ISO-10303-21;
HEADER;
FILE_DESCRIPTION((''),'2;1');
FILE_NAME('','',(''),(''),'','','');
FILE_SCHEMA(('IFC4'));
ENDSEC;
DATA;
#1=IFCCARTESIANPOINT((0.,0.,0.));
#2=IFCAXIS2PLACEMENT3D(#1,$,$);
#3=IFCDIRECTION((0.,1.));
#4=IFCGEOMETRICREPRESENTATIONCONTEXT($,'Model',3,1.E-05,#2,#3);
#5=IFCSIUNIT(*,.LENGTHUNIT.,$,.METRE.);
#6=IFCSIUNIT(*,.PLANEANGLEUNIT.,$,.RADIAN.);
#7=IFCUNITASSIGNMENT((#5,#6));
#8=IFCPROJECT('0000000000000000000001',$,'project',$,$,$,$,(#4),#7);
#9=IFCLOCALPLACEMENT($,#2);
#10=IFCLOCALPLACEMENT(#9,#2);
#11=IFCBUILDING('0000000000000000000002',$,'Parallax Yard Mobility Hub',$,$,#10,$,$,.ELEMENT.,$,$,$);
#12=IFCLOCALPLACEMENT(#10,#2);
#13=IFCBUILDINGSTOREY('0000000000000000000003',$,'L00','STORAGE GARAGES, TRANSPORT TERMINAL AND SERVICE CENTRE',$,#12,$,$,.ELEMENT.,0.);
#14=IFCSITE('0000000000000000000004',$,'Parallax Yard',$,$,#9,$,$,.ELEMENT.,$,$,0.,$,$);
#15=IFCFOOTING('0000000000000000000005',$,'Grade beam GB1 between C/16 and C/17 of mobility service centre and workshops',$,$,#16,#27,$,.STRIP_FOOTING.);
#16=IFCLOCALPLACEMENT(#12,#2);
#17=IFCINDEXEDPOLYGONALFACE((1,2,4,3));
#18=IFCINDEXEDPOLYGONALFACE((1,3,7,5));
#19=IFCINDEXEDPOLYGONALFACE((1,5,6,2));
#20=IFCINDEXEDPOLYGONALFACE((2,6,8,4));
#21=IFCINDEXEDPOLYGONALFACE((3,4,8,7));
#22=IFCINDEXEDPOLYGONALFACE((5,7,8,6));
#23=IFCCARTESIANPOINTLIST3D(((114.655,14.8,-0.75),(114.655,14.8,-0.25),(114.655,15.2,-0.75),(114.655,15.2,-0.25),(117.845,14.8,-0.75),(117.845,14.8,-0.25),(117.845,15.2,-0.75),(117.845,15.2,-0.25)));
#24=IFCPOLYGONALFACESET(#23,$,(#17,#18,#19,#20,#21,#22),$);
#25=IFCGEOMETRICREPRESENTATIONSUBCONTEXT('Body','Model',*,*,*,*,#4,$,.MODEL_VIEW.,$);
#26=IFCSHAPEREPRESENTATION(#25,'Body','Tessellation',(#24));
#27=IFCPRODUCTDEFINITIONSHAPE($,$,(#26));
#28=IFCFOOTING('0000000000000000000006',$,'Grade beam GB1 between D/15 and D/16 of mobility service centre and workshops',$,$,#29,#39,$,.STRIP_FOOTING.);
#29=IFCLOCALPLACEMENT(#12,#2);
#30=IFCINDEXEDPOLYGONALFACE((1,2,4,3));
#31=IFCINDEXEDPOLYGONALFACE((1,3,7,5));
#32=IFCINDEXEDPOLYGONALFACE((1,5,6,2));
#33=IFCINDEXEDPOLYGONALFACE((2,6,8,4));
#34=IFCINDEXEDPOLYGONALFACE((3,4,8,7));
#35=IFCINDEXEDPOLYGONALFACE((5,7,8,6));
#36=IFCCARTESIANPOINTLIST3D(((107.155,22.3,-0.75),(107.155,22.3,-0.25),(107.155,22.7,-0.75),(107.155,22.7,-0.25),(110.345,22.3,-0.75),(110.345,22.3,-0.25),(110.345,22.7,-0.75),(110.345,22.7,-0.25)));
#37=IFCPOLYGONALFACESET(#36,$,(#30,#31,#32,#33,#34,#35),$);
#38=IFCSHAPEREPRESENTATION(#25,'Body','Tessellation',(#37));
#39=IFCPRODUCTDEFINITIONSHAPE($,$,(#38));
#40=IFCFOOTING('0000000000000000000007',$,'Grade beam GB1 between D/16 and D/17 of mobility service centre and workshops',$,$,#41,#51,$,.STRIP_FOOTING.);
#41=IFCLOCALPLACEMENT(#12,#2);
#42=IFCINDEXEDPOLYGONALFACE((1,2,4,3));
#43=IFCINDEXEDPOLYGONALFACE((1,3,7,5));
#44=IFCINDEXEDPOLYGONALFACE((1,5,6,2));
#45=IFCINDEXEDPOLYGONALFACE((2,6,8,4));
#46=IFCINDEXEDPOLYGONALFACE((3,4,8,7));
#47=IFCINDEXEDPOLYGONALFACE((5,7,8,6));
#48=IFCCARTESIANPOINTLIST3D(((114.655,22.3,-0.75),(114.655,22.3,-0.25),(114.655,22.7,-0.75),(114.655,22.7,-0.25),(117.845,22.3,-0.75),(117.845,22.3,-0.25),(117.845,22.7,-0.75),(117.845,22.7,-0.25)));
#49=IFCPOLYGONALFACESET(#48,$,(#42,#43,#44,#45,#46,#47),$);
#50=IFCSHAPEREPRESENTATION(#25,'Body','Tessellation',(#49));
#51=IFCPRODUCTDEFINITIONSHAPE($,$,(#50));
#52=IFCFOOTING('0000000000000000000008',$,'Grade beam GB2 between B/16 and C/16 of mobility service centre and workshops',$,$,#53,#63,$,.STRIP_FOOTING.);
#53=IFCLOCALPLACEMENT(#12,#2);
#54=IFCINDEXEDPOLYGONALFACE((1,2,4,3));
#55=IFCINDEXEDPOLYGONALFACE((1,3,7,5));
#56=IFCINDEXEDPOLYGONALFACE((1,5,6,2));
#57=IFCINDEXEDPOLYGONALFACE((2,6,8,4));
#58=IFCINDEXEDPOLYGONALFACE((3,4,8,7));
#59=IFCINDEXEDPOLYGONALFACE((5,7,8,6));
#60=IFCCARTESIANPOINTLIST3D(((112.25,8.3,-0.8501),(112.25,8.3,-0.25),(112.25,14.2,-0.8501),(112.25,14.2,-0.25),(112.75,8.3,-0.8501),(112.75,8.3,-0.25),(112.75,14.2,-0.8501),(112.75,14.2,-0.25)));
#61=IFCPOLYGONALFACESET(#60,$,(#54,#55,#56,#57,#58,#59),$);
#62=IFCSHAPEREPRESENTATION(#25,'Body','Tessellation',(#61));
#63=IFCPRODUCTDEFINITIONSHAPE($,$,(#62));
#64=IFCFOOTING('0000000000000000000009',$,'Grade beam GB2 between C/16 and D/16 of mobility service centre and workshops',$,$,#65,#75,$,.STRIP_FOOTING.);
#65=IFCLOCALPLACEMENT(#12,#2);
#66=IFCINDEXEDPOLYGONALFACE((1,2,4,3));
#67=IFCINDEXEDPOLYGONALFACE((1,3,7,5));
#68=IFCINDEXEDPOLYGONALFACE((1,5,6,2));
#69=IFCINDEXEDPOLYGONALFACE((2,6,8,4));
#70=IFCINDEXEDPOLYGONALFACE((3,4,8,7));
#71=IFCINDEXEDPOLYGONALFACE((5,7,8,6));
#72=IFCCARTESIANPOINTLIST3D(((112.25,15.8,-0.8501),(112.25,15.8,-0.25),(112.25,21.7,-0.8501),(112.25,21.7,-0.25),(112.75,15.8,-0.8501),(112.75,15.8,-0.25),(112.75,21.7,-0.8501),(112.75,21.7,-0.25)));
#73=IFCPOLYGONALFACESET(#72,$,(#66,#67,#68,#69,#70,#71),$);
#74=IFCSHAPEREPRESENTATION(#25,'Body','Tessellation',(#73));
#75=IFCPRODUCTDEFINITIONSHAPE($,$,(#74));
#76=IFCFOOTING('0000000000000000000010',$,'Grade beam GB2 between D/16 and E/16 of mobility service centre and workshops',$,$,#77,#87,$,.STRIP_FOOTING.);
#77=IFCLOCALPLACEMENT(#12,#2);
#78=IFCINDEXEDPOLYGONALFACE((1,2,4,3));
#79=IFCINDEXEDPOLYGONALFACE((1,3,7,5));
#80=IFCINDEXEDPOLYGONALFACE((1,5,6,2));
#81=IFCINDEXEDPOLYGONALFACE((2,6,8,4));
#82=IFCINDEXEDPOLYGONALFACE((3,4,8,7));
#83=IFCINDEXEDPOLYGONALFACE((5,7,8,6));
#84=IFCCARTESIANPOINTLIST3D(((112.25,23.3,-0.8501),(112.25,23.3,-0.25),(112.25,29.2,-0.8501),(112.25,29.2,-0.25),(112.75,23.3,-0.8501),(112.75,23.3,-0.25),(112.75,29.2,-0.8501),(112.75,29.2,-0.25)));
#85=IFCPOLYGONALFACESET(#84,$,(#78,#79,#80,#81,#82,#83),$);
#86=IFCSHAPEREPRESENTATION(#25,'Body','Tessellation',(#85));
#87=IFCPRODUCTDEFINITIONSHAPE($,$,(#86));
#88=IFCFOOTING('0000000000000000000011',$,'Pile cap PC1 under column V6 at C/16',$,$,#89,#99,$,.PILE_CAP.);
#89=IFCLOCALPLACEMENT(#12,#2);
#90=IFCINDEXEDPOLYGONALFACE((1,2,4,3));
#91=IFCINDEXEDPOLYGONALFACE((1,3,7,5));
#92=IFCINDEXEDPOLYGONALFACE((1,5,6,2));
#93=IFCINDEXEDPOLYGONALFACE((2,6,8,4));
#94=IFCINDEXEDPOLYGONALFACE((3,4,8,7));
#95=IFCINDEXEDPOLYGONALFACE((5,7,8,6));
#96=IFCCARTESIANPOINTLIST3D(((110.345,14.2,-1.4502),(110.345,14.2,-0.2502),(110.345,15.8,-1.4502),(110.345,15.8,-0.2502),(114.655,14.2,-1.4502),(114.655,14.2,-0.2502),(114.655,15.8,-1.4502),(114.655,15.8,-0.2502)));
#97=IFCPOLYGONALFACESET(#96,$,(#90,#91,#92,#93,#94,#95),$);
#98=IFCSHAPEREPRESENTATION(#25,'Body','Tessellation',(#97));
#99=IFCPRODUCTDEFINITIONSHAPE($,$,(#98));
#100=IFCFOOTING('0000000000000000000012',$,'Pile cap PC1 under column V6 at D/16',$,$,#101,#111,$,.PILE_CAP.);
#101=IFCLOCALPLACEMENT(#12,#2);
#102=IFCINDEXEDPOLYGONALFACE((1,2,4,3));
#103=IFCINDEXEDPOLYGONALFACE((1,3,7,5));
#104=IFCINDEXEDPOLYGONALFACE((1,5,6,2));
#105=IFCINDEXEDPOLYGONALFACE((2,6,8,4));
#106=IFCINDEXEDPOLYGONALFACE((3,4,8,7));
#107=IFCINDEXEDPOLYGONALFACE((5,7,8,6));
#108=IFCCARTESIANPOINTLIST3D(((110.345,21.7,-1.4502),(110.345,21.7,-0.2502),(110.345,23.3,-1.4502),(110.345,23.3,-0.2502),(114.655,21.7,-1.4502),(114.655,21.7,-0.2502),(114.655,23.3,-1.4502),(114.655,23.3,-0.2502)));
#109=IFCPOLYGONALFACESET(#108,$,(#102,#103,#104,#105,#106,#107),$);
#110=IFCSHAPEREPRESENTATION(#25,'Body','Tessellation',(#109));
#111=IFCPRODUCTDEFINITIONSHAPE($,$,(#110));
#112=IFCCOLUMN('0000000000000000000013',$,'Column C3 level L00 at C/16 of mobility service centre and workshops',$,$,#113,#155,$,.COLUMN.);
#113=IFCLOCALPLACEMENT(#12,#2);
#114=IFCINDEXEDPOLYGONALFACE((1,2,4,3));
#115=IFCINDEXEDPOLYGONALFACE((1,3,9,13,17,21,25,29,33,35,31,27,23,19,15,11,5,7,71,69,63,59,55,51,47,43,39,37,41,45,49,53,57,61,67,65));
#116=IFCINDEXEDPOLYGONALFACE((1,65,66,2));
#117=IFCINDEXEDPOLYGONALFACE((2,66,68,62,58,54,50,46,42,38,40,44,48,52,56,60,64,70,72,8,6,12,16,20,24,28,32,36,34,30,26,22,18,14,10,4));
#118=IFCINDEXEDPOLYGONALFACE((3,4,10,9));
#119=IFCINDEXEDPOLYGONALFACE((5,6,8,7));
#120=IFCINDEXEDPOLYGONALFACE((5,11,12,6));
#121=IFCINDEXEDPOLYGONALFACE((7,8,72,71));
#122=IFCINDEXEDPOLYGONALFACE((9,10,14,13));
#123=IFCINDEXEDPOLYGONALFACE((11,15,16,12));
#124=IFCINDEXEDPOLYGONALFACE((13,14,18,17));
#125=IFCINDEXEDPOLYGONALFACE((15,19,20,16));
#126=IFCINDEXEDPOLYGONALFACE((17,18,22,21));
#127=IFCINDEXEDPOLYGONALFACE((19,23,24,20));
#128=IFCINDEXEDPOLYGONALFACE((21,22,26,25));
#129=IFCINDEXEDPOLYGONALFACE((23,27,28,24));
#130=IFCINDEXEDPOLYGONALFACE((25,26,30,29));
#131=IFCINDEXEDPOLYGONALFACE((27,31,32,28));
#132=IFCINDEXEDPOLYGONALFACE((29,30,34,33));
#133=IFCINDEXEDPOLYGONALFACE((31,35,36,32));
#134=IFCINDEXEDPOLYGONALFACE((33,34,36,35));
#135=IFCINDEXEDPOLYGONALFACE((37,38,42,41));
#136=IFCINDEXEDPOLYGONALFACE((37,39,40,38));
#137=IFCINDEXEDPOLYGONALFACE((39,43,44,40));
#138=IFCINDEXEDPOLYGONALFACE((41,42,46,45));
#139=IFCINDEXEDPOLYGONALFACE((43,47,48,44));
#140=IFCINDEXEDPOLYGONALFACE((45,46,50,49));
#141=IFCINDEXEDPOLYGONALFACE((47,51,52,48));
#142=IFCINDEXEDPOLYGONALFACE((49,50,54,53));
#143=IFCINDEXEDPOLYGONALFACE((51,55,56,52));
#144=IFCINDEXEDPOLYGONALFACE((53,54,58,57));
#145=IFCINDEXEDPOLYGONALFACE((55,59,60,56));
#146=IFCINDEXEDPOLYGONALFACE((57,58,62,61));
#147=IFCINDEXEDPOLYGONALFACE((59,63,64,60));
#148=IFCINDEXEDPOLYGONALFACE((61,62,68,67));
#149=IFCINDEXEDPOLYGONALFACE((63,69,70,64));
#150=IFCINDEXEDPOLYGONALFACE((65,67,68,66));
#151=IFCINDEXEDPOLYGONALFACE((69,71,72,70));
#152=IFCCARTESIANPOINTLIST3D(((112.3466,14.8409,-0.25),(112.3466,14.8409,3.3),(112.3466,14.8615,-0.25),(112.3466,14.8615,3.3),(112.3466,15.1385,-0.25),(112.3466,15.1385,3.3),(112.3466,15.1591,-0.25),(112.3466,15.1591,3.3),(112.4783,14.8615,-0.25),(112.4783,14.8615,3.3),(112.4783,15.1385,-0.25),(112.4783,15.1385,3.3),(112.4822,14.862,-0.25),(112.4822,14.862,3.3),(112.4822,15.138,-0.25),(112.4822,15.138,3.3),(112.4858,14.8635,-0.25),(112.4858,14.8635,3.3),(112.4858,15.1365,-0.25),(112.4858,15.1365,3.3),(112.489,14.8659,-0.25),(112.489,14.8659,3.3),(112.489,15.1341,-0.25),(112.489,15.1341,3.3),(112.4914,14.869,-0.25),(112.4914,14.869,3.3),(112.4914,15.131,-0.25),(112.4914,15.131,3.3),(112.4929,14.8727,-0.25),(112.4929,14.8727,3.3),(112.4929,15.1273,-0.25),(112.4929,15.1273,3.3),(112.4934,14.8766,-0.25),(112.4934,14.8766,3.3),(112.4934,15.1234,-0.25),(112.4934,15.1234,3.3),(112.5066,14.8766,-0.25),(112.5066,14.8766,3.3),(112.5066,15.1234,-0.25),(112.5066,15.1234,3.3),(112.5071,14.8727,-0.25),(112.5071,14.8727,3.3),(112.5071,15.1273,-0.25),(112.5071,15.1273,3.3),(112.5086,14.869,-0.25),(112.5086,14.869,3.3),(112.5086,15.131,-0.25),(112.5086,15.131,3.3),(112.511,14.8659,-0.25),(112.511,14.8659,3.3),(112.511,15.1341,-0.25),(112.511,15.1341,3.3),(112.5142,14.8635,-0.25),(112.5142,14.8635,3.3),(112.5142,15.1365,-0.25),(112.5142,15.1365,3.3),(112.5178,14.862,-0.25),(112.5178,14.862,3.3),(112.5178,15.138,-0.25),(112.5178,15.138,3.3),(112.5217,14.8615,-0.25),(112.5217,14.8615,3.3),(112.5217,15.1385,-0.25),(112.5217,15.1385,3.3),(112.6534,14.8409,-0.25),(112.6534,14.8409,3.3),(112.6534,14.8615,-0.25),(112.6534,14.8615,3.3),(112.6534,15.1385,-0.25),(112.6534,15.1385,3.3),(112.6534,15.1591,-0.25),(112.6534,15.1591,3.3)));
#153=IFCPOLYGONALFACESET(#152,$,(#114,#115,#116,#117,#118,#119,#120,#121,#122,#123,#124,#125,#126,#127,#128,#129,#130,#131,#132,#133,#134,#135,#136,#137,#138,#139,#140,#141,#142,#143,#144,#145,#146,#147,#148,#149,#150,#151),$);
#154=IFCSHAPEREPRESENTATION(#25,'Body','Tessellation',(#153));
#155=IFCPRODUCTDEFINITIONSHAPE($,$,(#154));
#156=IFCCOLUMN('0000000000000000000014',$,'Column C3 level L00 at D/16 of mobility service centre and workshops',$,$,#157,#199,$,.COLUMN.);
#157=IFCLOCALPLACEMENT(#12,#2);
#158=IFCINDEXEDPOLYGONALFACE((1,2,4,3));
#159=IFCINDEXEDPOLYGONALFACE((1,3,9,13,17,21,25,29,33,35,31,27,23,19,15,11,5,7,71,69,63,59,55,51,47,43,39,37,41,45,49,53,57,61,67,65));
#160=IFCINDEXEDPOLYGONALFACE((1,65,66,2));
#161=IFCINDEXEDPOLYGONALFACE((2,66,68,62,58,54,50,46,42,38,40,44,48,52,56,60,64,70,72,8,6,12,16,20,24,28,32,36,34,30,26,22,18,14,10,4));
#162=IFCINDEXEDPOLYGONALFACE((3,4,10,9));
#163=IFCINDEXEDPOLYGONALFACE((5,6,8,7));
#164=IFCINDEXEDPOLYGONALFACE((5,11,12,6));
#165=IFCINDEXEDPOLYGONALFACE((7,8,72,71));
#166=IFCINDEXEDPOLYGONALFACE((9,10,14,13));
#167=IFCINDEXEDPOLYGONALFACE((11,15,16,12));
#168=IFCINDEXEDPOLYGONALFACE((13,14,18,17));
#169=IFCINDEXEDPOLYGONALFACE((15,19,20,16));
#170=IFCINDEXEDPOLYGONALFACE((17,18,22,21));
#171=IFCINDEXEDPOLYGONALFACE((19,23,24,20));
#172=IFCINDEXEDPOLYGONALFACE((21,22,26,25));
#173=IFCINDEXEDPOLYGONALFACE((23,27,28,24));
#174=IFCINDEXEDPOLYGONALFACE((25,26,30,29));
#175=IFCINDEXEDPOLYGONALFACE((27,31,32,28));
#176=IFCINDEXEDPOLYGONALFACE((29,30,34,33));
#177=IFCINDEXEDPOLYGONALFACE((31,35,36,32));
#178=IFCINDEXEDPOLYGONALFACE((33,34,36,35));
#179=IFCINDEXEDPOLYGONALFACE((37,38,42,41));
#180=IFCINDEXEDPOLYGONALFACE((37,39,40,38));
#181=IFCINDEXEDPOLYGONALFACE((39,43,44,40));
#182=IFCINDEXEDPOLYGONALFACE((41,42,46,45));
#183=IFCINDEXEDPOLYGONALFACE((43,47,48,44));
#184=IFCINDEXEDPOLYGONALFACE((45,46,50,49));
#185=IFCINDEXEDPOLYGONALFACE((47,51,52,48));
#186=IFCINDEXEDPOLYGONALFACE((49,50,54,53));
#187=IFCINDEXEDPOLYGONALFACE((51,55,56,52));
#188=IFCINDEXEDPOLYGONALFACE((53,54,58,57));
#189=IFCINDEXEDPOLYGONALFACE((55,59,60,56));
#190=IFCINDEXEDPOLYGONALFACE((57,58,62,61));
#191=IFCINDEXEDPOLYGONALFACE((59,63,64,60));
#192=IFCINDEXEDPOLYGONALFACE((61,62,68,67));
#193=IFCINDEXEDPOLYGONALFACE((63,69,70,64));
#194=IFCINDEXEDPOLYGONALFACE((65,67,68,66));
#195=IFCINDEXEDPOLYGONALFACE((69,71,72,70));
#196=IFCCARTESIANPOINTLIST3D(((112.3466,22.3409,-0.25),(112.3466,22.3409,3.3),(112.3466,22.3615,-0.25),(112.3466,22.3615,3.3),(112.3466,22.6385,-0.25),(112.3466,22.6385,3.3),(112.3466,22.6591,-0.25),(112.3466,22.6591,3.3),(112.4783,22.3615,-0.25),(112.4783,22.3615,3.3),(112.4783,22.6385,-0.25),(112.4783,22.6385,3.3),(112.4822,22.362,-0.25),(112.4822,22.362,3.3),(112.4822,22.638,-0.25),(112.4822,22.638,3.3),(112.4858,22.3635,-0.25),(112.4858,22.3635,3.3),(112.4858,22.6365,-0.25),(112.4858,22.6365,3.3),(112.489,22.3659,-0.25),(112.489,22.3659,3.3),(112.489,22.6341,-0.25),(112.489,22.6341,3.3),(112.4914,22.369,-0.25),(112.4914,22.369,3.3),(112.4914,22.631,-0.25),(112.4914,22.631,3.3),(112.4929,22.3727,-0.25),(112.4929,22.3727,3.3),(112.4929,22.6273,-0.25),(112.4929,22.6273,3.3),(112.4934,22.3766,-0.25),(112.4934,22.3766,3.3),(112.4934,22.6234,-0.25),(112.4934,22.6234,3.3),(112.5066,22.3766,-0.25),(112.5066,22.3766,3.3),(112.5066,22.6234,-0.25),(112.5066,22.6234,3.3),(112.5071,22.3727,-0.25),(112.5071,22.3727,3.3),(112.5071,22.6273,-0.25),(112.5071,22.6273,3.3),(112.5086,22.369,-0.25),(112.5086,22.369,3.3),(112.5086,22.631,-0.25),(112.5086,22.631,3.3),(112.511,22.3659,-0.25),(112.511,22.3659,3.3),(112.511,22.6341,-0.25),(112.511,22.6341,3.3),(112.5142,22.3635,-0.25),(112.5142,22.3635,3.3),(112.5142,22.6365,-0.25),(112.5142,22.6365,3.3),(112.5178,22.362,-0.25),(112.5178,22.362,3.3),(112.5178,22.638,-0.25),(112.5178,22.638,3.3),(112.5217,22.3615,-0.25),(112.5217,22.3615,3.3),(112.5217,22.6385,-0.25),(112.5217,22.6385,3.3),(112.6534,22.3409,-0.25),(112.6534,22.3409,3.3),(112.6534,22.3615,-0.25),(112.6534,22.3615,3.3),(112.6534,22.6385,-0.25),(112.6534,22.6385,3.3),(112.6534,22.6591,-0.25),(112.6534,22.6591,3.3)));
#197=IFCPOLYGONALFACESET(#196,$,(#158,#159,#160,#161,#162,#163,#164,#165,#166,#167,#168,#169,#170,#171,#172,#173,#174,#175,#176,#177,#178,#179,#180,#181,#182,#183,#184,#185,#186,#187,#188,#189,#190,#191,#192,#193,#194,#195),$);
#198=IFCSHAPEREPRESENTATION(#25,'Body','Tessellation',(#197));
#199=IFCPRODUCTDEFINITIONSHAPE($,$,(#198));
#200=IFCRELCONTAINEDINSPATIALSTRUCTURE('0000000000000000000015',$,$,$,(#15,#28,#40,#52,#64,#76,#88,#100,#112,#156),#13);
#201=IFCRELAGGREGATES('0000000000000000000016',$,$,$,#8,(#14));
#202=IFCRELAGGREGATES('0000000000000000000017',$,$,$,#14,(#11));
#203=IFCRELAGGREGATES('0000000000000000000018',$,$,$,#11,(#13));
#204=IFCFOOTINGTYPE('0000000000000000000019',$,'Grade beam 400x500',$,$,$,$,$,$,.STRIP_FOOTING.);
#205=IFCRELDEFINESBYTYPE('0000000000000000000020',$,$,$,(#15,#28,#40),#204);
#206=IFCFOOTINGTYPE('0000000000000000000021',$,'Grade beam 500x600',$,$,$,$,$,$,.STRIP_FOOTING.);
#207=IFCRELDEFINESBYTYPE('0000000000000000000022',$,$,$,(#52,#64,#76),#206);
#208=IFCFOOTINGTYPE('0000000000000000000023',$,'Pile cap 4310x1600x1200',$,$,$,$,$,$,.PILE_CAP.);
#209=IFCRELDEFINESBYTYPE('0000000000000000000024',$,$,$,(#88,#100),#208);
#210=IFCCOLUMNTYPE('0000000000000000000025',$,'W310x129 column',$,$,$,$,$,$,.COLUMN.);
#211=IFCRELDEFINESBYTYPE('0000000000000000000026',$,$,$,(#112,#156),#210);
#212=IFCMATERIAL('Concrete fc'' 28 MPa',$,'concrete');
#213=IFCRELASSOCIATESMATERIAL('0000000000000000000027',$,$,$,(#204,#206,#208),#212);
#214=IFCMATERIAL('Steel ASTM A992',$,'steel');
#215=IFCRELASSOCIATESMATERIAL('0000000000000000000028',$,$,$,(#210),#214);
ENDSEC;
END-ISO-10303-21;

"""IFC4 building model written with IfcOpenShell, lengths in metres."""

from ifc_helpers import new_model, si_unit, direction, frame, origin, origin_2d, place, context, subcontext, project, spatial, rectangle, i_section, extrude, material, material_profile, profile_set, type_object, element, save


model = new_model("IFC4")

# Units and contexts
model_context = context("Model", 3, precision=1e-05, world=origin(), true_north=direction((0.0, 1.0)))
body_context = subcontext(model_context, "Body", "Model", "MODEL_VIEW")
ifc_project = project(units=[si_unit("LENGTHUNIT", "METRE"), si_unit("PLANEANGLEUNIT", "RADIAN")], contexts=[model_context])

# Site, building, storey
site_placement = place(None, origin())
site = spatial("IfcSite", under=ifc_project, at=site_placement, Name="Parallax Yard", CompositionType="ELEMENT", RefElevation=0.0)
building_placement = place(site_placement, origin())
building = spatial("IfcBuilding", under=site, at=building_placement, Name="Parallax Yard Mobility Hub", CompositionType="ELEMENT")
storey_placement = place(building_placement, origin())
storey = spatial("IfcBuildingStorey", under=building, at=storey_placement, Name="L00", Description="STORAGE GARAGES, TRANSPORT TERMINAL AND SERVICE CENTRE", CompositionType="ELEMENT", Elevation=0.0)

# Shared definitions
ifc_material_1 = material(Name="Concrete fc' 28 MPa", Category="concrete")

# Footings
ifc_material_profile_1 = material_profile(ifc_material_1, rectangle(XDim=0.3999, YDim=0.5, at=origin_2d()), Name="Grade beam 400x500")
ifc_profile_set_1 = profile_set([ifc_material_profile_1], Name="Concrete fc' 28 MPa")
footing_type_1 = type_object("IfcFootingType", Name="Grade beam 400x500", PredefinedType="STRIP_FOOTING", material=ifc_profile_set_1)
for number, where, z_axis, x_axis, name in (
    (1, (114.655, 15.0, -0.5), (1.0, 0.0, 0.0), (0.0, 1.0, 0.0), "Grade beam GB1 between C/16 and C/17 of mobility service centre and workshops"),
    (2, (107.155, 22.5, -0.5), (1.0, 0.0, 0.0), (0.0, 1.0, 0.0), "Grade beam GB1 between D/15 and D/16 of mobility service centre and workshops"),
    (3, (114.655, 22.5, -0.5), (1.0, 0.0, 0.0), (0.0, 1.0, 0.0), "Grade beam GB1 between D/16 and D/17 of mobility service centre and workshops"),
):
    element("IfcFooting", number, at=place(storey_placement, frame(where, z_axis=z_axis, x_axis=x_axis)), inside=storey, type_object=footing_type_1, Name=name, PredefinedType="STRIP_FOOTING", context=body_context, shape_type="SweptSolid", body=[
        extrude(rectangle(XDim=0.3999, YDim=0.5, at=origin_2d()), origin(), (0.0, 0.0, 1.0), 3.1899),
    ])
ifc_material_profile_2 = material_profile(ifc_material_1, rectangle(XDim=0.5, YDim=0.6001, at=origin_2d()), Name="Grade beam 500x600")
ifc_profile_set_2 = profile_set([ifc_material_profile_2], Name="Concrete fc' 28 MPa")
footing_type_2 = type_object("IfcFootingType", Name="Grade beam 500x600", PredefinedType="STRIP_FOOTING", material=ifc_profile_set_2)
for number, where, z_axis, x_axis, name in (
    (4, (112.5, 8.3, -0.55), (0.0, 1.0, 0.0), (-1.0, 0.0, 0.0), "Grade beam GB2 between B/16 and C/16 of mobility service centre and workshops"),
    (5, (112.5, 15.8, -0.55), (0.0, 1.0, 0.0), (-1.0, 0.0, 0.0), "Grade beam GB2 between C/16 and D/16 of mobility service centre and workshops"),
    (6, (112.5, 23.3, -0.55), (0.0, 1.0, 0.0), (-1.0, 0.0, 0.0), "Grade beam GB2 between D/16 and E/16 of mobility service centre and workshops"),
):
    element("IfcFooting", number, at=place(storey_placement, frame(where, z_axis=z_axis, x_axis=x_axis)), inside=storey, type_object=footing_type_2, Name=name, PredefinedType="STRIP_FOOTING", context=body_context, shape_type="SweptSolid", body=[
        extrude(rectangle(XDim=0.5, YDim=0.6001, at=origin_2d()), origin(), (0.0, 0.0, 1.0), 5.8999),
    ])
footing_type_3 = type_object("IfcFootingType", Name="Pile cap 4310x1600x1200", PredefinedType="PILE_CAP", material=ifc_material_1)
for number, where, z_axis, x_axis, name in (
    (7, (112.5, 15.0, -1.4502), (0.0, 0.0, 1.0), (1.0, 0.0, 0.0), "Pile cap PC1 under column V6 at C/16"),
    (8, (112.5, 22.5, -1.4502), (0.0, 0.0, 1.0), (1.0, 0.0, 0.0), "Pile cap PC1 under column V6 at D/16"),
):
    element("IfcFooting", number, at=place(storey_placement, frame(where, z_axis=z_axis, x_axis=x_axis)), inside=storey, type_object=footing_type_3, Name=name, PredefinedType="PILE_CAP", context=body_context, shape_type="SweptSolid", body=[
        extrude(rectangle(XDim=4.3101, YDim=1.6001, at=origin_2d()), origin(), (0.0, 0.0, 1.0), 1.2),
    ])

# Columns
ifc_material_2 = material(Name="Steel ASTM A992", Category="steel")
ifc_material_profile_3 = material_profile(ifc_material_2, i_section(OverallWidth=0.3069, OverallDepth=0.3181, WebThickness=0.0132, FlangeThickness=0.0205, FilletRadius=0.0151, at=origin_2d()), Name="W310x129")
ifc_profile_set_3 = profile_set([ifc_material_profile_3], Name="Steel ASTM A992")
column_type = type_object("IfcColumnType", Name="W310x129 column", PredefinedType="COLUMN", material=ifc_profile_set_3)
for number, where, z_axis, x_axis, name in (
    (9, (112.5, 15.0, -0.25), (0.0, 0.0, 1.0), (1.0, 0.0, 0.0), "Column C3 level L00 at C/16 of mobility service centre and workshops"),
    (10, (112.5, 22.5, -0.25), (0.0, 0.0, 1.0), (1.0, 0.0, 0.0), "Column C3 level L00 at D/16 of mobility service centre and workshops"),
):
    element("IfcColumn", number, at=place(storey_placement, frame(where, z_axis=z_axis, x_axis=x_axis)), inside=storey, type_object=column_type, Name=name, PredefinedType="COLUMN", context=body_context, shape_type="SweptSolid", body=[
        extrude(i_section(OverallWidth=0.3069, OverallDepth=0.3181, WebThickness=0.0132, FlangeThickness=0.0205, FilletRadius=0.0151, at=origin_2d()), origin(), (0.0, 0.0, 1.0), 3.55),
    ])

save(model, "model.ifc")
